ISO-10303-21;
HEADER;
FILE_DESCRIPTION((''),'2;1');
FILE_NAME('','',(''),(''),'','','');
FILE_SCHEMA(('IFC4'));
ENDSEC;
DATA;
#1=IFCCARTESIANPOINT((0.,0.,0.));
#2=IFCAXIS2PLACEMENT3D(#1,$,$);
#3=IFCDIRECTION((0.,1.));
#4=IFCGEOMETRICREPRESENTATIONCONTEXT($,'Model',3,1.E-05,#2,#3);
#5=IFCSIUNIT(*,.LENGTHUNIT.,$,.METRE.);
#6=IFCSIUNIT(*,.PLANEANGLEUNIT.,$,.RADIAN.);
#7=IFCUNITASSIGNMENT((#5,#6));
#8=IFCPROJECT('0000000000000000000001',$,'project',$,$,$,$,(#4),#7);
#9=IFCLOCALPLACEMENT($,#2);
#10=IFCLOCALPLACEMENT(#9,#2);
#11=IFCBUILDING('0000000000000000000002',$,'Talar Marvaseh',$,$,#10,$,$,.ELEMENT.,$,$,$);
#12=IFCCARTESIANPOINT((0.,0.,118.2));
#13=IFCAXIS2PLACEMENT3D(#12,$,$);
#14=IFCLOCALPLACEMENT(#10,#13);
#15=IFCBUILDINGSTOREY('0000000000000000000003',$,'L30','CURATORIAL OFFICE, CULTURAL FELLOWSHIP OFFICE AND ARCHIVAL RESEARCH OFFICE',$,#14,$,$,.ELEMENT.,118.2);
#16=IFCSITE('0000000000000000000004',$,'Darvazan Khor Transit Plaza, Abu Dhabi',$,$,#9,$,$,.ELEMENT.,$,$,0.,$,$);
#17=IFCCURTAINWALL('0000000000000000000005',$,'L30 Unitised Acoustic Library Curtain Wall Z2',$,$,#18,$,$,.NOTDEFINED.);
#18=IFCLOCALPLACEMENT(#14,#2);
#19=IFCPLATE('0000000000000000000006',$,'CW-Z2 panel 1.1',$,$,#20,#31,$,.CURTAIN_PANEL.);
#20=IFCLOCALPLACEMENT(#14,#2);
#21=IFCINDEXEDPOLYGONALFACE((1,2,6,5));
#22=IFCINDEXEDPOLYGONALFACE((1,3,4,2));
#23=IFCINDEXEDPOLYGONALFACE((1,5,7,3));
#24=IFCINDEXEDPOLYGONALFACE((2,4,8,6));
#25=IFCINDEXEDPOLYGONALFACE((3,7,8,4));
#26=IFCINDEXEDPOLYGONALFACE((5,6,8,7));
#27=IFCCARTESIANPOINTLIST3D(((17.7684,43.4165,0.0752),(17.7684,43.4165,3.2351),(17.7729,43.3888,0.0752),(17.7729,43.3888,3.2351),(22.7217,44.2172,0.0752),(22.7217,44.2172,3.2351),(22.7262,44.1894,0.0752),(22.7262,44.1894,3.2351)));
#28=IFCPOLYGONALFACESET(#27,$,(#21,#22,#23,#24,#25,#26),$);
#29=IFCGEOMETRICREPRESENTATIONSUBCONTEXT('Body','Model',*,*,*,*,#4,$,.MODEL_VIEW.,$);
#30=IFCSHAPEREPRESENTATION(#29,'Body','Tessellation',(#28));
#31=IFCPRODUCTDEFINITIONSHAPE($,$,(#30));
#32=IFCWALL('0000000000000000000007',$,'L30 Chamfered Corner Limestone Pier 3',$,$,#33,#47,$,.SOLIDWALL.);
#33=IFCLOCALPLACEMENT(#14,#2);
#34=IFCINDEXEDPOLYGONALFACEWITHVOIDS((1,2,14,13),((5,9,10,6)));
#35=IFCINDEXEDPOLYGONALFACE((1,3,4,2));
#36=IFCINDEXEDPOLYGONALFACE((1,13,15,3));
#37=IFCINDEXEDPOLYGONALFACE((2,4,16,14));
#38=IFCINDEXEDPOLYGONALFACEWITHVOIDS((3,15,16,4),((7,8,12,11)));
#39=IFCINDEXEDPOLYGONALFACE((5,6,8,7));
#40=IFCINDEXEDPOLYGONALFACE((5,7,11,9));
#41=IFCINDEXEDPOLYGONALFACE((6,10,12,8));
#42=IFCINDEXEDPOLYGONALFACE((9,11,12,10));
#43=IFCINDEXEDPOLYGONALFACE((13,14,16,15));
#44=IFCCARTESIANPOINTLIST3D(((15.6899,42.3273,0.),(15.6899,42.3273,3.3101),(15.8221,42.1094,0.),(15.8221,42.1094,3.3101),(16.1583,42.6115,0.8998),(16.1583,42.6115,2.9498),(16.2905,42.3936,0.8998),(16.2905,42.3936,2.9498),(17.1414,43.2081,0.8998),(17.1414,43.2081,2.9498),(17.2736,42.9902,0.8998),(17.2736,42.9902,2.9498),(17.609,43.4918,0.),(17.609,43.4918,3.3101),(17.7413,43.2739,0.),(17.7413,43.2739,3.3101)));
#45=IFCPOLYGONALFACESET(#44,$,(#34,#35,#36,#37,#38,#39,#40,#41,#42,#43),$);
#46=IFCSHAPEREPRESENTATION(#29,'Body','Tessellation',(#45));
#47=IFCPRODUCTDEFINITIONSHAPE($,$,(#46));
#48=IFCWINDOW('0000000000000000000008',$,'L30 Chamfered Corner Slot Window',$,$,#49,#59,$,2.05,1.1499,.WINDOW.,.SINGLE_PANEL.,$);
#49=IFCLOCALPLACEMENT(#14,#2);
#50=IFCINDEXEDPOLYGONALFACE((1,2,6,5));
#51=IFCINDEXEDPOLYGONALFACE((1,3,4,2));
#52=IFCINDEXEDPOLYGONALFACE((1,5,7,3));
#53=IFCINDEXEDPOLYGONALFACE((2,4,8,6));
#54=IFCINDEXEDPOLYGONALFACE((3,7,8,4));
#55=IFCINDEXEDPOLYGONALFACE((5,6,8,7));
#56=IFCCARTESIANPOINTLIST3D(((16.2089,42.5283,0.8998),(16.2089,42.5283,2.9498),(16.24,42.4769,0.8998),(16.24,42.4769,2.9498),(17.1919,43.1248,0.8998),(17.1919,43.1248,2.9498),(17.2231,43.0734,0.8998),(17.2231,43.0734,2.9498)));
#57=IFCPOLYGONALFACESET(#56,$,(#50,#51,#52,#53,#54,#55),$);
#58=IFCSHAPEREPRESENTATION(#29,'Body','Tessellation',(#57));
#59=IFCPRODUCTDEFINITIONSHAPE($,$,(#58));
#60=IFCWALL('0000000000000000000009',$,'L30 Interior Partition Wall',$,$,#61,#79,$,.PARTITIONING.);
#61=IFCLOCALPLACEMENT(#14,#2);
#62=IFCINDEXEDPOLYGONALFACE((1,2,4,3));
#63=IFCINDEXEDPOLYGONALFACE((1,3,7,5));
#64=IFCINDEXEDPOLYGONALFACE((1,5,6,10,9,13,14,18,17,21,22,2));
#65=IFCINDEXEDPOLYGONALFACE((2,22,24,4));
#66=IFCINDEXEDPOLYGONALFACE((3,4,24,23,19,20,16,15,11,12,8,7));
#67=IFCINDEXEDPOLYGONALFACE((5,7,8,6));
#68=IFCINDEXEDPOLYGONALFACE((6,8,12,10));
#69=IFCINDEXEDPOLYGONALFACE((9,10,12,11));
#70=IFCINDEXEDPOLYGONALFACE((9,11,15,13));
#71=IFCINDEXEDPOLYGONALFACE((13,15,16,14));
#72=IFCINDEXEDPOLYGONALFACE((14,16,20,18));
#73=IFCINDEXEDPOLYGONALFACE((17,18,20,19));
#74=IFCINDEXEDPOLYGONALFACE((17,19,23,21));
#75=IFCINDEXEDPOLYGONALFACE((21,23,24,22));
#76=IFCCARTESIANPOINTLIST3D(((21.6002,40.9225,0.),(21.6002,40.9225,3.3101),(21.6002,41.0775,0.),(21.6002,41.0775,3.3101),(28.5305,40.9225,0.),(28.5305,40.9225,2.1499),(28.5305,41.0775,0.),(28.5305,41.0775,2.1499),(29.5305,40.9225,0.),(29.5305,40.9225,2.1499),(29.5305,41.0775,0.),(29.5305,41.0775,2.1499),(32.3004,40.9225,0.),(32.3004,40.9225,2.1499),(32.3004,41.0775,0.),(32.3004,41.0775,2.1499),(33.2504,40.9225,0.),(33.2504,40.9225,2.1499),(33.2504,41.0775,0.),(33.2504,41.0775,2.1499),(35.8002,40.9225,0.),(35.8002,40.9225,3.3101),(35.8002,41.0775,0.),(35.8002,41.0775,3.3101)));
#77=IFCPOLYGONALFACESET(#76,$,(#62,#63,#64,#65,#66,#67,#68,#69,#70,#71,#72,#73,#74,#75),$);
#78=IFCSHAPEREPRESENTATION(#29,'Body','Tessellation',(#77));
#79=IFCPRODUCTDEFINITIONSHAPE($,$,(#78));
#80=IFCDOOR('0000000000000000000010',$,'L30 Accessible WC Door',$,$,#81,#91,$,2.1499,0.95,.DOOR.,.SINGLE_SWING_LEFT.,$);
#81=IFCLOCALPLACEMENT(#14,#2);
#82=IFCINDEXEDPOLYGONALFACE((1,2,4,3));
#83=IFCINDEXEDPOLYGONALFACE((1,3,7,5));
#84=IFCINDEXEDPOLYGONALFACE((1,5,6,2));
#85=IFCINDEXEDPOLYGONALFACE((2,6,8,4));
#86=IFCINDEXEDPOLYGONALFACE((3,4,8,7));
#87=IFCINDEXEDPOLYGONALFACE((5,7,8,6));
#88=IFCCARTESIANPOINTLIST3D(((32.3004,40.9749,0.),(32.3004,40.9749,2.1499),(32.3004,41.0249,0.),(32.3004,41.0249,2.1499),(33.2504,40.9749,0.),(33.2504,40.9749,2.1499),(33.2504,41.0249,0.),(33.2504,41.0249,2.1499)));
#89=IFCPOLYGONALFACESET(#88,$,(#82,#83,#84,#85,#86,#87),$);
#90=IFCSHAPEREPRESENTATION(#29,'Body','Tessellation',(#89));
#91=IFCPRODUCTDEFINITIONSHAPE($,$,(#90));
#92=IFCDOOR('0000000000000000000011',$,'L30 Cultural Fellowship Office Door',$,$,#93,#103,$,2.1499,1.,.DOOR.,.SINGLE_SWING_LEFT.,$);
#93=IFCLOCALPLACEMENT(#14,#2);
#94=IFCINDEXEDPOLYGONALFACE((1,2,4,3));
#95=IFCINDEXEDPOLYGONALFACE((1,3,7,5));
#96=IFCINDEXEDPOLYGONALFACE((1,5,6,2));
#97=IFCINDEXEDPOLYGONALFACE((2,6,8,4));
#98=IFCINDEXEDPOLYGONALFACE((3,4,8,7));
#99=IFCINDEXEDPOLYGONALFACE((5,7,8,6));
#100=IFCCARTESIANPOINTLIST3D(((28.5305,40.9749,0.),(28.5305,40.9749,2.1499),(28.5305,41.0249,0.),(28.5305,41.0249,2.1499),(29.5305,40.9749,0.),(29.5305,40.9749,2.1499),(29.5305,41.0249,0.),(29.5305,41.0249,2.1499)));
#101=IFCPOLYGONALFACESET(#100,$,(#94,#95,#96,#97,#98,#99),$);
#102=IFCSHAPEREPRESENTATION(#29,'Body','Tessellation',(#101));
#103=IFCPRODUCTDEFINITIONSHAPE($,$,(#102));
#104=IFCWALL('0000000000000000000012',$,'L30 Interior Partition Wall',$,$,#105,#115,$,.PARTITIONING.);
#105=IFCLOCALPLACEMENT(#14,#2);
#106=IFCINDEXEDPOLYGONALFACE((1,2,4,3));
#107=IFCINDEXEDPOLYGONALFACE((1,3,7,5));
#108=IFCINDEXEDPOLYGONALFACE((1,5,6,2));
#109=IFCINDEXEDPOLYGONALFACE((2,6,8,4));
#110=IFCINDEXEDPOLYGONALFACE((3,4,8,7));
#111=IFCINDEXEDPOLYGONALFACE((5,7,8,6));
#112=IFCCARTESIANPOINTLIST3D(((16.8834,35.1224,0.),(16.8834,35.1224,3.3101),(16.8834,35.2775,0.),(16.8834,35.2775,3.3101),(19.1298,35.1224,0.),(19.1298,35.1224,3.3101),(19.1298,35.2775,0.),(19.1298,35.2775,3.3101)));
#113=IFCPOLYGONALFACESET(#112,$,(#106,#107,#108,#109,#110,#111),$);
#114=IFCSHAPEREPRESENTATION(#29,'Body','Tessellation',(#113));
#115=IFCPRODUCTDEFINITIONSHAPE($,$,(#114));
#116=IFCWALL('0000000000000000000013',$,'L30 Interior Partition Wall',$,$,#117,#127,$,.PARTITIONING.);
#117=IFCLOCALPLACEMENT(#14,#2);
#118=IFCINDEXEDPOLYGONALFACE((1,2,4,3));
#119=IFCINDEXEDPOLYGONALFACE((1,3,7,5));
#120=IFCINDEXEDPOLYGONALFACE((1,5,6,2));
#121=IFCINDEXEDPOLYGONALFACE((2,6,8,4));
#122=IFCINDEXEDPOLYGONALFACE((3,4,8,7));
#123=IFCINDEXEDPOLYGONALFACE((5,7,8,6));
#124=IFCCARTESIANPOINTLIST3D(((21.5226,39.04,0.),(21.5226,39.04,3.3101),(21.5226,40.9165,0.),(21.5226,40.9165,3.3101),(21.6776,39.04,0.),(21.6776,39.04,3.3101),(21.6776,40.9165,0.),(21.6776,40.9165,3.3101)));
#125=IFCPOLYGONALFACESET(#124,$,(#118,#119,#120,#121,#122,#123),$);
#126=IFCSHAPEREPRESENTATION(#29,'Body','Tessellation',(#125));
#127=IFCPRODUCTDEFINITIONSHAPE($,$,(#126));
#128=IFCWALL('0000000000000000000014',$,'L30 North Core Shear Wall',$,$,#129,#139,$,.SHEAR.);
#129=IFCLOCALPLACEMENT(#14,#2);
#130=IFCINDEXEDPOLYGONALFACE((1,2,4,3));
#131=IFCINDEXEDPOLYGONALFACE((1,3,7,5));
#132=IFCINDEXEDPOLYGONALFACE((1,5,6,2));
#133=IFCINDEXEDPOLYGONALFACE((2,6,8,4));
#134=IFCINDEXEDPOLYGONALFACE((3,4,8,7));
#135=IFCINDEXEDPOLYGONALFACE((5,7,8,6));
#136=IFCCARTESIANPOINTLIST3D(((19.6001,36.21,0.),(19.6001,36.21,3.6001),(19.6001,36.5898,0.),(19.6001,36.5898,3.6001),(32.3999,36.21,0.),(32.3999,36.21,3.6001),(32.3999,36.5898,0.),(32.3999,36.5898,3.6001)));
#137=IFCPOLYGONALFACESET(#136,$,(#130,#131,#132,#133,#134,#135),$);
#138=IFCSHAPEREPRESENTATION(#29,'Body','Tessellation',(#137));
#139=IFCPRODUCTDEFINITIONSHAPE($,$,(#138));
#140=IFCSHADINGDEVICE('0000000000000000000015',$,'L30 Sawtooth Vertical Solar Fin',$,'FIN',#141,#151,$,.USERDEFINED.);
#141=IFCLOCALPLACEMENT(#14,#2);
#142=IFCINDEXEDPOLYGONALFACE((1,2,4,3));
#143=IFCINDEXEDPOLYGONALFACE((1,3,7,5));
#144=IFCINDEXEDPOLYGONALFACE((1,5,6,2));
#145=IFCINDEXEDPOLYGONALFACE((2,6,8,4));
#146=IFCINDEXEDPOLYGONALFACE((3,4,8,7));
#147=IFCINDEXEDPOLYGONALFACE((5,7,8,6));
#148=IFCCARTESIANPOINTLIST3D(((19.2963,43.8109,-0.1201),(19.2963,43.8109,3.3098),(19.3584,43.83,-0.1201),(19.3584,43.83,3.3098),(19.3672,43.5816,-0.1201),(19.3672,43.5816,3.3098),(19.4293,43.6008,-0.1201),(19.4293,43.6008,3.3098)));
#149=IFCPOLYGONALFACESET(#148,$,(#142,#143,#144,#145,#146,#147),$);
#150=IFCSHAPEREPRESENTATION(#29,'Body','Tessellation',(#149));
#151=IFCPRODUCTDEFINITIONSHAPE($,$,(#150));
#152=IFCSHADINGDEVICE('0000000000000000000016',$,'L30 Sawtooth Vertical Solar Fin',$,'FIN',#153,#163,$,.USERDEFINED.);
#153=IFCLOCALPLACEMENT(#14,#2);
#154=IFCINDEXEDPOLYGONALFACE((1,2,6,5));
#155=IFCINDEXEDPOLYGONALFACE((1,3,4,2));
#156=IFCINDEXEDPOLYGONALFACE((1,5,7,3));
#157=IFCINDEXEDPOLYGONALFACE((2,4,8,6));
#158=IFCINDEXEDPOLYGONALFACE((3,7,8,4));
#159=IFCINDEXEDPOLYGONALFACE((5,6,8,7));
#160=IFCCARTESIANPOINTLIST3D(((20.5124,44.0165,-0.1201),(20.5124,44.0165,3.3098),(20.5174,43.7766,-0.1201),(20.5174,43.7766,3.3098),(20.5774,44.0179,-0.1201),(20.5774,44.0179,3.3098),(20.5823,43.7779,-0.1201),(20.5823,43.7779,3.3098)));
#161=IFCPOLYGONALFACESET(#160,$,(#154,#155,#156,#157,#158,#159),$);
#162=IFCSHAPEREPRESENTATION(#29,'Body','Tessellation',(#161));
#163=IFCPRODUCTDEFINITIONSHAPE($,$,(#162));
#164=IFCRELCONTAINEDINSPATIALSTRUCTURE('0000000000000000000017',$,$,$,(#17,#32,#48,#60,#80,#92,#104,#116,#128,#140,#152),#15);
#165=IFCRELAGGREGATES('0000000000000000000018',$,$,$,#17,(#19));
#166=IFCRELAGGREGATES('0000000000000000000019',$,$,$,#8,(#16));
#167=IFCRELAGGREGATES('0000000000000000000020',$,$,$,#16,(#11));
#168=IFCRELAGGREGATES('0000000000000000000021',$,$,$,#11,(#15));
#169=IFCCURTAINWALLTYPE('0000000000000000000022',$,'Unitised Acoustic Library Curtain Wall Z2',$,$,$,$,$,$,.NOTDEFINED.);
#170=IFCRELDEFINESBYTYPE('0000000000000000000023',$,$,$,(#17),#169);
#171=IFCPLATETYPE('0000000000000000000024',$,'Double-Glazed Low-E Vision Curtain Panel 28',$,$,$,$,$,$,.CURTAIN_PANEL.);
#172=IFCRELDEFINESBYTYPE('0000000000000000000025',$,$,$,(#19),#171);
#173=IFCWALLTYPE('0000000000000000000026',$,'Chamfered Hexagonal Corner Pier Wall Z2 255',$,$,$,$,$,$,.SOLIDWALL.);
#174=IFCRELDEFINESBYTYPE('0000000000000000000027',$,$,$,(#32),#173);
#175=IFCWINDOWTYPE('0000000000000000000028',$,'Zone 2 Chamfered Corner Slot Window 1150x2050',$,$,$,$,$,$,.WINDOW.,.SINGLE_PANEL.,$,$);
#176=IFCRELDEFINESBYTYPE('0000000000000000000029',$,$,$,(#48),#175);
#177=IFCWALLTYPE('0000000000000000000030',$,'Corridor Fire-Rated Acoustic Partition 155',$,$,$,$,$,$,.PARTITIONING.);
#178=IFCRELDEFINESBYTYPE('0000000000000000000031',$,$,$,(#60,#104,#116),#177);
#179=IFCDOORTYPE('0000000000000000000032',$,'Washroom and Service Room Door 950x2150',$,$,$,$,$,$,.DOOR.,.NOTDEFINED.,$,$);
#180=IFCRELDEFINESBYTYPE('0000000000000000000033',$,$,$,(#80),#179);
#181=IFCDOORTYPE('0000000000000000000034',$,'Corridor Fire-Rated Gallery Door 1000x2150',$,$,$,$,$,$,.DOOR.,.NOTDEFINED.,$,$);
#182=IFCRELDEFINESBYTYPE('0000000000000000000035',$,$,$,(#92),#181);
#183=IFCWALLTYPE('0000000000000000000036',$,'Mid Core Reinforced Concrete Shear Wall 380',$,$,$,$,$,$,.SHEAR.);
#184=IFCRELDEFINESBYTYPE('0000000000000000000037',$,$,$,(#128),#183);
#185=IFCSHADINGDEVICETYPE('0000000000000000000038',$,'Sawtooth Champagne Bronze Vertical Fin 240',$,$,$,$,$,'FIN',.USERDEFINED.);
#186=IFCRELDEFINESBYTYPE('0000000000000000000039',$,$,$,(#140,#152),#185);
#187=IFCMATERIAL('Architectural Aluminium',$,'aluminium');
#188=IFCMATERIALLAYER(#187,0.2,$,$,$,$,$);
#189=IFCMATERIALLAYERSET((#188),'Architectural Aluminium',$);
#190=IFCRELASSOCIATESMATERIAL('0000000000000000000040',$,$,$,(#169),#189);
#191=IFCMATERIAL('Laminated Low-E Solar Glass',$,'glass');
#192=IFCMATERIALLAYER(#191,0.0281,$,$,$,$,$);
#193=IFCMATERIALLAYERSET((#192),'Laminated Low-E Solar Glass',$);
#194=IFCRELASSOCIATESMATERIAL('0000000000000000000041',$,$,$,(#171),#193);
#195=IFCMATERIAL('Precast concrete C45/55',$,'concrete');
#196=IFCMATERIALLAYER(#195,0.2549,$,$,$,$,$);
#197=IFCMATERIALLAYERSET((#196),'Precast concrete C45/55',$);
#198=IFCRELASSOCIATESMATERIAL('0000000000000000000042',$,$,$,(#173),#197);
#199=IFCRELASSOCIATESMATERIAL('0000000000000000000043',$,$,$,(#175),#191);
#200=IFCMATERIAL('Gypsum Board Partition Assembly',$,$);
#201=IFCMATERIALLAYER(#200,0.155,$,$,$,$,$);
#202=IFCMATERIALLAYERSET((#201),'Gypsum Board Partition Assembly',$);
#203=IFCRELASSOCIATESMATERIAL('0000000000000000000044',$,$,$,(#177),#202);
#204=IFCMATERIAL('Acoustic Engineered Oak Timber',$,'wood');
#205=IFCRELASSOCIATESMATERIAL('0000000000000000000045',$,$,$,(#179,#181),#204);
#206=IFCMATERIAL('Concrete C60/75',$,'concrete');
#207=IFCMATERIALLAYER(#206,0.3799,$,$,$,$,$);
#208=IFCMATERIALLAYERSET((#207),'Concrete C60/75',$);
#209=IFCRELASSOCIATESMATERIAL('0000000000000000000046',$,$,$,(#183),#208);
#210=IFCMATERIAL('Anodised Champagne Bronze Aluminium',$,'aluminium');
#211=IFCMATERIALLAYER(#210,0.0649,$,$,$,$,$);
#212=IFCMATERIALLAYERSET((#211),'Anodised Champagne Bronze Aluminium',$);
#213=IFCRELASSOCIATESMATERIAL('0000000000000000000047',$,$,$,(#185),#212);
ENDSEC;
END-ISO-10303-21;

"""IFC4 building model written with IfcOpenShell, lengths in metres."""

from ifc_helpers import new_model, si_unit, direction, frame, frame_2d, origin, origin_2d, place, context, subcontext, project, spatial, rectangle, extrude, source, transform, mapped, material, layer, layer_set, type_object, type_shapes, element, fill, aggregate, save


model = new_model("IFC4")

# Units and contexts
model_context = context("Model", 3, precision=1e-05, world=origin(), true_north=direction((0.0, 1.0)))
body_context = subcontext(model_context, "Body", "Model", "MODEL_VIEW")
ifc_project = project(units=[si_unit("LENGTHUNIT", "METRE"), si_unit("PLANEANGLEUNIT", "RADIAN")], contexts=[model_context])

# Site, building, storey
site_placement = place(None, origin())
site = spatial("IfcSite", under=ifc_project, at=site_placement, Name="Darvazan Khor Transit Plaza, Abu Dhabi", CompositionType="ELEMENT", RefElevation=0.0)
building_placement = place(site_placement, origin())
building = spatial("IfcBuilding", under=site, at=building_placement, Name="Talar Marvaseh", CompositionType="ELEMENT")
storey_placement = place(building_placement, frame((0.0, 0.0, 118.2)))
storey = spatial("IfcBuildingStorey", under=building, at=storey_placement, Name="L30", Description="CURATORIAL OFFICE, CULTURAL FELLOWSHIP OFFICE AND ARCHIVAL RESEARCH OFFICE", CompositionType="ELEMENT", Elevation=118.2)

# Shared definitions
ifc_material_1 = material(Name="Concrete C60/75", Category="concrete")

# Curtain wall, plate
ifc_material_2 = material(Name="Architectural Aluminium", Category="aluminium")
ifc_layer_1 = layer(ifc_material_2, 0.2)
ifc_layer_set_1 = layer_set([ifc_layer_1], Name="Architectural Aluminium")
curtain_wall_type = type_object("IfcCurtainWallType", Name="Unitised Acoustic Library Curtain Wall Z2", PredefinedType="NOTDEFINED", material=ifc_layer_set_1)
curtain_wall_placement = place(storey_placement, origin())
curtain_wall = element("IfcCurtainWall", 1, at=curtain_wall_placement, inside=storey, type_object=curtain_wall_type, Name="L30 Unitised Acoustic Library Curtain Wall Z2", PredefinedType="NOTDEFINED")
ifc_material_3 = material(Name="Laminated Low-E Solar Glass", Category="glass")
ifc_layer_2 = layer(ifc_material_3, 0.0281)
ifc_layer_set_2 = layer_set([ifc_layer_2], Name="Laminated Low-E Solar Glass")
plate_type = type_object("IfcPlateType", Name="Double-Glazed Low-E Vision Curtain Panel 28", PredefinedType="CURTAIN_PANEL", material=ifc_layer_set_2)
shared_shape_1 = source(origin(), body_context, "Body", "SweptSolid", [
    extrude(rectangle(XDim=5.0176, YDim=0.0281, at=origin_2d()), origin(), (0.0, 0.0, 1.0), 3.1599),
])
type_shapes(plate_type, [shared_shape_1])
plate_placement = place(storey_placement, frame((20.2473, 43.803, 0.0752), z_axis=(0.0, 0.0, 1.0), x_axis=(0.987187, 0.15957, 0.0)))
plate = element("IfcPlate", 2, at=plate_placement, type_object=plate_type, Name="CW-Z2 panel 1.1", PredefinedType="CURTAIN_PANEL", context=body_context, shape_type="MappedRepresentation", body=[
    mapped(shared_shape_1, transform((0.0, 0.0, 0.0), x_axis=(1.0, 0.0, 0.0), y_axis=(0.0, 1.0, 0.0), z_axis=(0.0, 0.0, 1.0), scale=1.0)),
])
aggregate(curtain_wall, [plate])

# Wall, opening, window
ifc_material_4 = material(Name="Precast concrete C45/55", Category="concrete")
ifc_layer_3 = layer(ifc_material_4, 0.2549)
ifc_layer_set_3 = layer_set([ifc_layer_3], Name="Precast concrete C45/55")
wall_type_1 = type_object("IfcWallType", Name="Chamfered Hexagonal Corner Pier Wall Z2 255", PredefinedType="SOLIDWALL", material=ifc_layer_set_3)
wall_1_placement = place(storey_placement, frame((15.7559, 42.2183, 0.0), z_axis=(0.0, 0.0, 1.0), x_axis=(0.85492, 0.51876, 0.0)))
wall_1 = element("IfcWall", 3, at=wall_1_placement, inside=storey, type_object=wall_type_1, Name="L30 Chamfered Corner Limestone Pier 3", PredefinedType="SOLIDWALL", context=body_context, shape_type="SweptSolid", body=[
    extrude(rectangle(XDim=2.2449, YDim=0.2549, at=frame_2d((1.1226, 0.0))), origin(), (0.0, 0.0, 1.0), 3.3101),
])
opening_1_placement = place(wall_1_placement, frame((0.5481, 0.0, 0.8999)))
opening_1 = element("IfcOpeningElement", 4, at=opening_1_placement, cuts=wall_1, PredefinedType="OPENING", context=body_context, shape_type="SweptSolid", body=[
    extrude(rectangle(XDim=1.1499, YDim=2.05, at=frame_2d((0.575, 1.0249))), frame((0.0, 0.1375, 0.0), z_axis=(0.0, -1.0, 0.0), x_axis=(1.0, 0.0, 0.0)), (0.0, 0.0, 1.0), 0.2749),
])
window_type = type_object("IfcWindowType", Name="Zone 2 Chamfered Corner Slot Window 1150x2050", PartitioningType="SINGLE_PANEL", PredefinedType="WINDOW", material=ifc_material_3)
shared_shape_2 = source(origin(), body_context, "Body", "SweptSolid", [
    extrude(rectangle(XDim=1.1499, YDim=2.05, at=frame_2d((0.575, 1.0249))), frame((0.0, 0.03, 0.0), z_axis=(0.0, -1.0, 0.0), x_axis=(1.0, 0.0, 0.0)), (0.0, 0.0, 1.0), 0.0601),
])
type_shapes(window_type, [shared_shape_2])
window_placement = place(opening_1_placement, origin())
window = element("IfcWindow", 5, at=window_placement, inside=storey, type_object=window_type, Name="L30 Chamfered Corner Slot Window", OverallHeight=2.05, OverallWidth=1.1499, PartitioningType="SINGLE_PANEL", PredefinedType="WINDOW", context=body_context, shape_type="MappedRepresentation", body=[
    mapped(shared_shape_2, transform((0.0, 0.0, 0.0), x_axis=(1.0, 0.0, 0.0), y_axis=(0.0, 1.0, 0.0), z_axis=(0.0, 0.0, 1.0), scale=1.0)),
])
fill(opening_1, window)

# Wall, openings, doors
ifc_material_5 = material(Name="Gypsum Board Partition Assembly")
ifc_layer_4 = layer(ifc_material_5, 0.155)
ifc_layer_set_4 = layer_set([ifc_layer_4], Name="Gypsum Board Partition Assembly")
wall_type_2 = type_object("IfcWallType", Name="Corridor Fire-Rated Acoustic Partition 155", PredefinedType="PARTITIONING", material=ifc_layer_set_4)
wall_2_placement = place(storey_placement, frame((21.6001, 41.0, 0.0), z_axis=(0.0, 0.0, 1.0), x_axis=(1.0, 0.0, 0.0)))
wall_2 = element("IfcWall", 6, at=wall_2_placement, inside=storey, type_object=wall_type_2, Name="L30 Interior Partition Wall", PredefinedType="PARTITIONING", context=body_context, shape_type="SweptSolid", body=[
    extrude(rectangle(XDim=14.2, YDim=0.155, at=frame_2d((7.1001, 0.0))), origin(), (0.0, 0.0, 1.0), 3.3101),
])
opening_2_placement = place(wall_2_placement, frame((10.7002, 0.0, 0.0)))
opening_2 = element("IfcOpeningElement", 7, at=opening_2_placement, cuts=wall_2, PredefinedType="OPENING", context=body_context, shape_type="SweptSolid", body=[
    extrude(rectangle(XDim=0.95, YDim=2.1499, at=frame_2d((0.4751, 1.075))), frame((0.0, 0.0874, 0.0), z_axis=(0.0, -1.0, 0.0), x_axis=(1.0, 0.0, 0.0)), (0.0, 0.0, 1.0), 0.175),
])
opening_3_placement = place(wall_2_placement, frame((6.9304, 0.0, 0.0)))
opening_3 = element("IfcOpeningElement", 8, at=opening_3_placement, cuts=wall_2, PredefinedType="OPENING", context=body_context, shape_type="SweptSolid", body=[
    extrude(rectangle(XDim=1.0, YDim=2.1499, at=frame_2d((0.5, 1.075))), frame((0.0, 0.0874, 0.0), z_axis=(0.0, -1.0, 0.0), x_axis=(1.0, 0.0, 0.0)), (0.0, 0.0, 1.0), 0.175),
])
ifc_material_6 = material(Name="Acoustic Engineered Oak Timber", Category="wood")
door_type_1 = type_object("IfcDoorType", Name="Washroom and Service Room Door 950x2150", OperationType="NOTDEFINED", PredefinedType="DOOR", material=ifc_material_6)
shared_shape_3 = source(origin(), body_context, "Body", "SweptSolid", [
    extrude(rectangle(XDim=0.95, YDim=2.1499, at=frame_2d((0.4751, 1.075))), frame((0.0, 0.0249, 0.0), z_axis=(0.0, -1.0, 0.0), x_axis=(1.0, 0.0, 0.0)), (0.0, 0.0, 1.0), 0.05),
])
type_shapes(door_type_1, [shared_shape_3])
door_1_placement = place(opening_2_placement, origin())
door_1 = element("IfcDoor", 9, at=door_1_placement, inside=storey, type_object=door_type_1, Name="L30 Accessible WC Door", OperationType="SINGLE_SWING_LEFT", OverallHeight=2.1499, OverallWidth=0.95, PredefinedType="DOOR", context=body_context, shape_type="MappedRepresentation", body=[
    mapped(shared_shape_3, transform((0.0, 0.0, 0.0), x_axis=(1.0, 0.0, 0.0), y_axis=(0.0, 1.0, 0.0), z_axis=(0.0, 0.0, 1.0), scale=1.0)),
])
fill(opening_2, door_1)
door_type_2 = type_object("IfcDoorType", Name="Corridor Fire-Rated Gallery Door 1000x2150", OperationType="NOTDEFINED", PredefinedType="DOOR", material=ifc_material_6)
shared_shape_4 = source(origin(), body_context, "Body", "SweptSolid", [
    extrude(rectangle(XDim=1.0, YDim=2.1499, at=frame_2d((0.5, 1.075))), frame((0.0, 0.0249, 0.0), z_axis=(0.0, -1.0, 0.0), x_axis=(1.0, 0.0, 0.0)), (0.0, 0.0, 1.0), 0.05),
])
type_shapes(door_type_2, [shared_shape_4])
door_2_placement = place(opening_3_placement, origin())
door_2 = element("IfcDoor", 10, at=door_2_placement, inside=storey, type_object=door_type_2, Name="L30 Cultural Fellowship Office Door", OperationType="SINGLE_SWING_LEFT", OverallHeight=2.1499, OverallWidth=1.0, PredefinedType="DOOR", context=body_context, shape_type="MappedRepresentation", body=[
    mapped(shared_shape_4, transform((0.0, 0.0, 0.0), x_axis=(1.0, 0.0, 0.0), y_axis=(0.0, 1.0, 0.0), z_axis=(0.0, 0.0, 1.0), scale=1.0)),
])
fill(opening_3, door_2)

# Walls
wall_3_placement = place(storey_placement, frame((16.8835, 35.2, 0.0), z_axis=(0.0, 0.0, 1.0), x_axis=(1.0, 0.0, 0.0)))
element("IfcWall", 11, at=wall_3_placement, inside=storey, type_object=wall_type_2, Name="L30 Interior Partition Wall", PredefinedType="PARTITIONING", context=body_context, shape_type="SweptSolid", body=[
    extrude(rectangle(XDim=2.2463, YDim=0.155, at=frame_2d((1.123, 0.0))), origin(), (0.0, 0.0, 1.0), 3.3101),
])
wall_4_placement = place(storey_placement, frame((21.6001, 39.04, 0.0), z_axis=(0.0, 0.0, 1.0), x_axis=(0.0, 1.0, 0.0)))
element("IfcWall", 12, at=wall_4_placement, inside=storey, type_object=wall_type_2, Name="L30 Interior Partition Wall", PredefinedType="PARTITIONING", context=body_context, shape_type="SweptSolid", body=[
    extrude(rectangle(XDim=1.8765, YDim=0.155, at=frame_2d((0.9382, 0.0))), origin(), (0.0, 0.0, 1.0), 3.3101),
])

# Wall
ifc_layer_5 = layer(ifc_material_1, 0.3799)
ifc_layer_set_5 = layer_set([ifc_layer_5], Name="Concrete C60/75")
wall_type_3 = type_object("IfcWallType", Name="Mid Core Reinforced Concrete Shear Wall 380", PredefinedType="SHEAR", material=ifc_layer_set_5)
wall_5_placement = place(storey_placement, frame((19.6001, 36.3999, 0.0), z_axis=(0.0, 0.0, 1.0), x_axis=(1.0, 0.0, 0.0)))
element("IfcWall", 13, at=wall_5_placement, inside=storey, type_object=wall_type_3, Name="L30 North Core Shear Wall", PredefinedType="SHEAR", context=body_context, shape_type="SweptSolid", body=[
    extrude(rectangle(XDim=12.7998, YDim=0.3799, at=frame_2d((6.3999, 0.0))), origin(), (0.0, 0.0, 1.0), 3.6001),
])

# Shading devices
ifc_material_7 = material(Name="Anodised Champagne Bronze Aluminium", Category="aluminium")
ifc_layer_6 = layer(ifc_material_7, 0.0649)
ifc_layer_set_6 = layer_set([ifc_layer_6], Name="Anodised Champagne Bronze Aluminium")
shading_device_type = type_object("IfcShadingDeviceType", Name="Sawtooth Champagne Bronze Vertical Fin 240", ElementType="FIN", PredefinedType="USERDEFINED", material=ifc_layer_set_6)
shared_shape_5 = source(origin(), body_context, "Body", "SweptSolid", [
    extrude(rectangle(XDim=0.24, YDim=0.0649, at=origin_2d()), origin(), (0.0, 0.0, 1.0), 3.4299),
])
type_shapes(shading_device_type, [shared_shape_5])
for number, where, z_axis, x_axis, name in (
    (14, (19.3628, 43.7058, -0.1201), (0.0, 0.0, 1.0), (-0.295375, 0.955382, 0.0), "L30 Sawtooth Vertical Solar Fin"),
    (15, (20.5474, 43.8972, -0.1201), (0.0, 0.0, 1.0), (-0.020593, 0.999788, 0.0), "L30 Sawtooth Vertical Solar Fin"),
):
    element("IfcShadingDevice", number, at=place(storey_placement, frame(where, z_axis=z_axis, x_axis=x_axis)), inside=storey, type_object=shading_device_type, Name=name, ObjectType="FIN", PredefinedType="USERDEFINED", context=body_context, shape_type="MappedRepresentation", body=[
        mapped(shared_shape_5, transform((0.0, 0.0, 0.0), x_axis=(1.0, 0.0, 0.0), y_axis=(0.0, 1.0, 0.0), z_axis=(0.0, 0.0, 1.0), scale=1.0)),
    ])

save(model, "model.ifc")
